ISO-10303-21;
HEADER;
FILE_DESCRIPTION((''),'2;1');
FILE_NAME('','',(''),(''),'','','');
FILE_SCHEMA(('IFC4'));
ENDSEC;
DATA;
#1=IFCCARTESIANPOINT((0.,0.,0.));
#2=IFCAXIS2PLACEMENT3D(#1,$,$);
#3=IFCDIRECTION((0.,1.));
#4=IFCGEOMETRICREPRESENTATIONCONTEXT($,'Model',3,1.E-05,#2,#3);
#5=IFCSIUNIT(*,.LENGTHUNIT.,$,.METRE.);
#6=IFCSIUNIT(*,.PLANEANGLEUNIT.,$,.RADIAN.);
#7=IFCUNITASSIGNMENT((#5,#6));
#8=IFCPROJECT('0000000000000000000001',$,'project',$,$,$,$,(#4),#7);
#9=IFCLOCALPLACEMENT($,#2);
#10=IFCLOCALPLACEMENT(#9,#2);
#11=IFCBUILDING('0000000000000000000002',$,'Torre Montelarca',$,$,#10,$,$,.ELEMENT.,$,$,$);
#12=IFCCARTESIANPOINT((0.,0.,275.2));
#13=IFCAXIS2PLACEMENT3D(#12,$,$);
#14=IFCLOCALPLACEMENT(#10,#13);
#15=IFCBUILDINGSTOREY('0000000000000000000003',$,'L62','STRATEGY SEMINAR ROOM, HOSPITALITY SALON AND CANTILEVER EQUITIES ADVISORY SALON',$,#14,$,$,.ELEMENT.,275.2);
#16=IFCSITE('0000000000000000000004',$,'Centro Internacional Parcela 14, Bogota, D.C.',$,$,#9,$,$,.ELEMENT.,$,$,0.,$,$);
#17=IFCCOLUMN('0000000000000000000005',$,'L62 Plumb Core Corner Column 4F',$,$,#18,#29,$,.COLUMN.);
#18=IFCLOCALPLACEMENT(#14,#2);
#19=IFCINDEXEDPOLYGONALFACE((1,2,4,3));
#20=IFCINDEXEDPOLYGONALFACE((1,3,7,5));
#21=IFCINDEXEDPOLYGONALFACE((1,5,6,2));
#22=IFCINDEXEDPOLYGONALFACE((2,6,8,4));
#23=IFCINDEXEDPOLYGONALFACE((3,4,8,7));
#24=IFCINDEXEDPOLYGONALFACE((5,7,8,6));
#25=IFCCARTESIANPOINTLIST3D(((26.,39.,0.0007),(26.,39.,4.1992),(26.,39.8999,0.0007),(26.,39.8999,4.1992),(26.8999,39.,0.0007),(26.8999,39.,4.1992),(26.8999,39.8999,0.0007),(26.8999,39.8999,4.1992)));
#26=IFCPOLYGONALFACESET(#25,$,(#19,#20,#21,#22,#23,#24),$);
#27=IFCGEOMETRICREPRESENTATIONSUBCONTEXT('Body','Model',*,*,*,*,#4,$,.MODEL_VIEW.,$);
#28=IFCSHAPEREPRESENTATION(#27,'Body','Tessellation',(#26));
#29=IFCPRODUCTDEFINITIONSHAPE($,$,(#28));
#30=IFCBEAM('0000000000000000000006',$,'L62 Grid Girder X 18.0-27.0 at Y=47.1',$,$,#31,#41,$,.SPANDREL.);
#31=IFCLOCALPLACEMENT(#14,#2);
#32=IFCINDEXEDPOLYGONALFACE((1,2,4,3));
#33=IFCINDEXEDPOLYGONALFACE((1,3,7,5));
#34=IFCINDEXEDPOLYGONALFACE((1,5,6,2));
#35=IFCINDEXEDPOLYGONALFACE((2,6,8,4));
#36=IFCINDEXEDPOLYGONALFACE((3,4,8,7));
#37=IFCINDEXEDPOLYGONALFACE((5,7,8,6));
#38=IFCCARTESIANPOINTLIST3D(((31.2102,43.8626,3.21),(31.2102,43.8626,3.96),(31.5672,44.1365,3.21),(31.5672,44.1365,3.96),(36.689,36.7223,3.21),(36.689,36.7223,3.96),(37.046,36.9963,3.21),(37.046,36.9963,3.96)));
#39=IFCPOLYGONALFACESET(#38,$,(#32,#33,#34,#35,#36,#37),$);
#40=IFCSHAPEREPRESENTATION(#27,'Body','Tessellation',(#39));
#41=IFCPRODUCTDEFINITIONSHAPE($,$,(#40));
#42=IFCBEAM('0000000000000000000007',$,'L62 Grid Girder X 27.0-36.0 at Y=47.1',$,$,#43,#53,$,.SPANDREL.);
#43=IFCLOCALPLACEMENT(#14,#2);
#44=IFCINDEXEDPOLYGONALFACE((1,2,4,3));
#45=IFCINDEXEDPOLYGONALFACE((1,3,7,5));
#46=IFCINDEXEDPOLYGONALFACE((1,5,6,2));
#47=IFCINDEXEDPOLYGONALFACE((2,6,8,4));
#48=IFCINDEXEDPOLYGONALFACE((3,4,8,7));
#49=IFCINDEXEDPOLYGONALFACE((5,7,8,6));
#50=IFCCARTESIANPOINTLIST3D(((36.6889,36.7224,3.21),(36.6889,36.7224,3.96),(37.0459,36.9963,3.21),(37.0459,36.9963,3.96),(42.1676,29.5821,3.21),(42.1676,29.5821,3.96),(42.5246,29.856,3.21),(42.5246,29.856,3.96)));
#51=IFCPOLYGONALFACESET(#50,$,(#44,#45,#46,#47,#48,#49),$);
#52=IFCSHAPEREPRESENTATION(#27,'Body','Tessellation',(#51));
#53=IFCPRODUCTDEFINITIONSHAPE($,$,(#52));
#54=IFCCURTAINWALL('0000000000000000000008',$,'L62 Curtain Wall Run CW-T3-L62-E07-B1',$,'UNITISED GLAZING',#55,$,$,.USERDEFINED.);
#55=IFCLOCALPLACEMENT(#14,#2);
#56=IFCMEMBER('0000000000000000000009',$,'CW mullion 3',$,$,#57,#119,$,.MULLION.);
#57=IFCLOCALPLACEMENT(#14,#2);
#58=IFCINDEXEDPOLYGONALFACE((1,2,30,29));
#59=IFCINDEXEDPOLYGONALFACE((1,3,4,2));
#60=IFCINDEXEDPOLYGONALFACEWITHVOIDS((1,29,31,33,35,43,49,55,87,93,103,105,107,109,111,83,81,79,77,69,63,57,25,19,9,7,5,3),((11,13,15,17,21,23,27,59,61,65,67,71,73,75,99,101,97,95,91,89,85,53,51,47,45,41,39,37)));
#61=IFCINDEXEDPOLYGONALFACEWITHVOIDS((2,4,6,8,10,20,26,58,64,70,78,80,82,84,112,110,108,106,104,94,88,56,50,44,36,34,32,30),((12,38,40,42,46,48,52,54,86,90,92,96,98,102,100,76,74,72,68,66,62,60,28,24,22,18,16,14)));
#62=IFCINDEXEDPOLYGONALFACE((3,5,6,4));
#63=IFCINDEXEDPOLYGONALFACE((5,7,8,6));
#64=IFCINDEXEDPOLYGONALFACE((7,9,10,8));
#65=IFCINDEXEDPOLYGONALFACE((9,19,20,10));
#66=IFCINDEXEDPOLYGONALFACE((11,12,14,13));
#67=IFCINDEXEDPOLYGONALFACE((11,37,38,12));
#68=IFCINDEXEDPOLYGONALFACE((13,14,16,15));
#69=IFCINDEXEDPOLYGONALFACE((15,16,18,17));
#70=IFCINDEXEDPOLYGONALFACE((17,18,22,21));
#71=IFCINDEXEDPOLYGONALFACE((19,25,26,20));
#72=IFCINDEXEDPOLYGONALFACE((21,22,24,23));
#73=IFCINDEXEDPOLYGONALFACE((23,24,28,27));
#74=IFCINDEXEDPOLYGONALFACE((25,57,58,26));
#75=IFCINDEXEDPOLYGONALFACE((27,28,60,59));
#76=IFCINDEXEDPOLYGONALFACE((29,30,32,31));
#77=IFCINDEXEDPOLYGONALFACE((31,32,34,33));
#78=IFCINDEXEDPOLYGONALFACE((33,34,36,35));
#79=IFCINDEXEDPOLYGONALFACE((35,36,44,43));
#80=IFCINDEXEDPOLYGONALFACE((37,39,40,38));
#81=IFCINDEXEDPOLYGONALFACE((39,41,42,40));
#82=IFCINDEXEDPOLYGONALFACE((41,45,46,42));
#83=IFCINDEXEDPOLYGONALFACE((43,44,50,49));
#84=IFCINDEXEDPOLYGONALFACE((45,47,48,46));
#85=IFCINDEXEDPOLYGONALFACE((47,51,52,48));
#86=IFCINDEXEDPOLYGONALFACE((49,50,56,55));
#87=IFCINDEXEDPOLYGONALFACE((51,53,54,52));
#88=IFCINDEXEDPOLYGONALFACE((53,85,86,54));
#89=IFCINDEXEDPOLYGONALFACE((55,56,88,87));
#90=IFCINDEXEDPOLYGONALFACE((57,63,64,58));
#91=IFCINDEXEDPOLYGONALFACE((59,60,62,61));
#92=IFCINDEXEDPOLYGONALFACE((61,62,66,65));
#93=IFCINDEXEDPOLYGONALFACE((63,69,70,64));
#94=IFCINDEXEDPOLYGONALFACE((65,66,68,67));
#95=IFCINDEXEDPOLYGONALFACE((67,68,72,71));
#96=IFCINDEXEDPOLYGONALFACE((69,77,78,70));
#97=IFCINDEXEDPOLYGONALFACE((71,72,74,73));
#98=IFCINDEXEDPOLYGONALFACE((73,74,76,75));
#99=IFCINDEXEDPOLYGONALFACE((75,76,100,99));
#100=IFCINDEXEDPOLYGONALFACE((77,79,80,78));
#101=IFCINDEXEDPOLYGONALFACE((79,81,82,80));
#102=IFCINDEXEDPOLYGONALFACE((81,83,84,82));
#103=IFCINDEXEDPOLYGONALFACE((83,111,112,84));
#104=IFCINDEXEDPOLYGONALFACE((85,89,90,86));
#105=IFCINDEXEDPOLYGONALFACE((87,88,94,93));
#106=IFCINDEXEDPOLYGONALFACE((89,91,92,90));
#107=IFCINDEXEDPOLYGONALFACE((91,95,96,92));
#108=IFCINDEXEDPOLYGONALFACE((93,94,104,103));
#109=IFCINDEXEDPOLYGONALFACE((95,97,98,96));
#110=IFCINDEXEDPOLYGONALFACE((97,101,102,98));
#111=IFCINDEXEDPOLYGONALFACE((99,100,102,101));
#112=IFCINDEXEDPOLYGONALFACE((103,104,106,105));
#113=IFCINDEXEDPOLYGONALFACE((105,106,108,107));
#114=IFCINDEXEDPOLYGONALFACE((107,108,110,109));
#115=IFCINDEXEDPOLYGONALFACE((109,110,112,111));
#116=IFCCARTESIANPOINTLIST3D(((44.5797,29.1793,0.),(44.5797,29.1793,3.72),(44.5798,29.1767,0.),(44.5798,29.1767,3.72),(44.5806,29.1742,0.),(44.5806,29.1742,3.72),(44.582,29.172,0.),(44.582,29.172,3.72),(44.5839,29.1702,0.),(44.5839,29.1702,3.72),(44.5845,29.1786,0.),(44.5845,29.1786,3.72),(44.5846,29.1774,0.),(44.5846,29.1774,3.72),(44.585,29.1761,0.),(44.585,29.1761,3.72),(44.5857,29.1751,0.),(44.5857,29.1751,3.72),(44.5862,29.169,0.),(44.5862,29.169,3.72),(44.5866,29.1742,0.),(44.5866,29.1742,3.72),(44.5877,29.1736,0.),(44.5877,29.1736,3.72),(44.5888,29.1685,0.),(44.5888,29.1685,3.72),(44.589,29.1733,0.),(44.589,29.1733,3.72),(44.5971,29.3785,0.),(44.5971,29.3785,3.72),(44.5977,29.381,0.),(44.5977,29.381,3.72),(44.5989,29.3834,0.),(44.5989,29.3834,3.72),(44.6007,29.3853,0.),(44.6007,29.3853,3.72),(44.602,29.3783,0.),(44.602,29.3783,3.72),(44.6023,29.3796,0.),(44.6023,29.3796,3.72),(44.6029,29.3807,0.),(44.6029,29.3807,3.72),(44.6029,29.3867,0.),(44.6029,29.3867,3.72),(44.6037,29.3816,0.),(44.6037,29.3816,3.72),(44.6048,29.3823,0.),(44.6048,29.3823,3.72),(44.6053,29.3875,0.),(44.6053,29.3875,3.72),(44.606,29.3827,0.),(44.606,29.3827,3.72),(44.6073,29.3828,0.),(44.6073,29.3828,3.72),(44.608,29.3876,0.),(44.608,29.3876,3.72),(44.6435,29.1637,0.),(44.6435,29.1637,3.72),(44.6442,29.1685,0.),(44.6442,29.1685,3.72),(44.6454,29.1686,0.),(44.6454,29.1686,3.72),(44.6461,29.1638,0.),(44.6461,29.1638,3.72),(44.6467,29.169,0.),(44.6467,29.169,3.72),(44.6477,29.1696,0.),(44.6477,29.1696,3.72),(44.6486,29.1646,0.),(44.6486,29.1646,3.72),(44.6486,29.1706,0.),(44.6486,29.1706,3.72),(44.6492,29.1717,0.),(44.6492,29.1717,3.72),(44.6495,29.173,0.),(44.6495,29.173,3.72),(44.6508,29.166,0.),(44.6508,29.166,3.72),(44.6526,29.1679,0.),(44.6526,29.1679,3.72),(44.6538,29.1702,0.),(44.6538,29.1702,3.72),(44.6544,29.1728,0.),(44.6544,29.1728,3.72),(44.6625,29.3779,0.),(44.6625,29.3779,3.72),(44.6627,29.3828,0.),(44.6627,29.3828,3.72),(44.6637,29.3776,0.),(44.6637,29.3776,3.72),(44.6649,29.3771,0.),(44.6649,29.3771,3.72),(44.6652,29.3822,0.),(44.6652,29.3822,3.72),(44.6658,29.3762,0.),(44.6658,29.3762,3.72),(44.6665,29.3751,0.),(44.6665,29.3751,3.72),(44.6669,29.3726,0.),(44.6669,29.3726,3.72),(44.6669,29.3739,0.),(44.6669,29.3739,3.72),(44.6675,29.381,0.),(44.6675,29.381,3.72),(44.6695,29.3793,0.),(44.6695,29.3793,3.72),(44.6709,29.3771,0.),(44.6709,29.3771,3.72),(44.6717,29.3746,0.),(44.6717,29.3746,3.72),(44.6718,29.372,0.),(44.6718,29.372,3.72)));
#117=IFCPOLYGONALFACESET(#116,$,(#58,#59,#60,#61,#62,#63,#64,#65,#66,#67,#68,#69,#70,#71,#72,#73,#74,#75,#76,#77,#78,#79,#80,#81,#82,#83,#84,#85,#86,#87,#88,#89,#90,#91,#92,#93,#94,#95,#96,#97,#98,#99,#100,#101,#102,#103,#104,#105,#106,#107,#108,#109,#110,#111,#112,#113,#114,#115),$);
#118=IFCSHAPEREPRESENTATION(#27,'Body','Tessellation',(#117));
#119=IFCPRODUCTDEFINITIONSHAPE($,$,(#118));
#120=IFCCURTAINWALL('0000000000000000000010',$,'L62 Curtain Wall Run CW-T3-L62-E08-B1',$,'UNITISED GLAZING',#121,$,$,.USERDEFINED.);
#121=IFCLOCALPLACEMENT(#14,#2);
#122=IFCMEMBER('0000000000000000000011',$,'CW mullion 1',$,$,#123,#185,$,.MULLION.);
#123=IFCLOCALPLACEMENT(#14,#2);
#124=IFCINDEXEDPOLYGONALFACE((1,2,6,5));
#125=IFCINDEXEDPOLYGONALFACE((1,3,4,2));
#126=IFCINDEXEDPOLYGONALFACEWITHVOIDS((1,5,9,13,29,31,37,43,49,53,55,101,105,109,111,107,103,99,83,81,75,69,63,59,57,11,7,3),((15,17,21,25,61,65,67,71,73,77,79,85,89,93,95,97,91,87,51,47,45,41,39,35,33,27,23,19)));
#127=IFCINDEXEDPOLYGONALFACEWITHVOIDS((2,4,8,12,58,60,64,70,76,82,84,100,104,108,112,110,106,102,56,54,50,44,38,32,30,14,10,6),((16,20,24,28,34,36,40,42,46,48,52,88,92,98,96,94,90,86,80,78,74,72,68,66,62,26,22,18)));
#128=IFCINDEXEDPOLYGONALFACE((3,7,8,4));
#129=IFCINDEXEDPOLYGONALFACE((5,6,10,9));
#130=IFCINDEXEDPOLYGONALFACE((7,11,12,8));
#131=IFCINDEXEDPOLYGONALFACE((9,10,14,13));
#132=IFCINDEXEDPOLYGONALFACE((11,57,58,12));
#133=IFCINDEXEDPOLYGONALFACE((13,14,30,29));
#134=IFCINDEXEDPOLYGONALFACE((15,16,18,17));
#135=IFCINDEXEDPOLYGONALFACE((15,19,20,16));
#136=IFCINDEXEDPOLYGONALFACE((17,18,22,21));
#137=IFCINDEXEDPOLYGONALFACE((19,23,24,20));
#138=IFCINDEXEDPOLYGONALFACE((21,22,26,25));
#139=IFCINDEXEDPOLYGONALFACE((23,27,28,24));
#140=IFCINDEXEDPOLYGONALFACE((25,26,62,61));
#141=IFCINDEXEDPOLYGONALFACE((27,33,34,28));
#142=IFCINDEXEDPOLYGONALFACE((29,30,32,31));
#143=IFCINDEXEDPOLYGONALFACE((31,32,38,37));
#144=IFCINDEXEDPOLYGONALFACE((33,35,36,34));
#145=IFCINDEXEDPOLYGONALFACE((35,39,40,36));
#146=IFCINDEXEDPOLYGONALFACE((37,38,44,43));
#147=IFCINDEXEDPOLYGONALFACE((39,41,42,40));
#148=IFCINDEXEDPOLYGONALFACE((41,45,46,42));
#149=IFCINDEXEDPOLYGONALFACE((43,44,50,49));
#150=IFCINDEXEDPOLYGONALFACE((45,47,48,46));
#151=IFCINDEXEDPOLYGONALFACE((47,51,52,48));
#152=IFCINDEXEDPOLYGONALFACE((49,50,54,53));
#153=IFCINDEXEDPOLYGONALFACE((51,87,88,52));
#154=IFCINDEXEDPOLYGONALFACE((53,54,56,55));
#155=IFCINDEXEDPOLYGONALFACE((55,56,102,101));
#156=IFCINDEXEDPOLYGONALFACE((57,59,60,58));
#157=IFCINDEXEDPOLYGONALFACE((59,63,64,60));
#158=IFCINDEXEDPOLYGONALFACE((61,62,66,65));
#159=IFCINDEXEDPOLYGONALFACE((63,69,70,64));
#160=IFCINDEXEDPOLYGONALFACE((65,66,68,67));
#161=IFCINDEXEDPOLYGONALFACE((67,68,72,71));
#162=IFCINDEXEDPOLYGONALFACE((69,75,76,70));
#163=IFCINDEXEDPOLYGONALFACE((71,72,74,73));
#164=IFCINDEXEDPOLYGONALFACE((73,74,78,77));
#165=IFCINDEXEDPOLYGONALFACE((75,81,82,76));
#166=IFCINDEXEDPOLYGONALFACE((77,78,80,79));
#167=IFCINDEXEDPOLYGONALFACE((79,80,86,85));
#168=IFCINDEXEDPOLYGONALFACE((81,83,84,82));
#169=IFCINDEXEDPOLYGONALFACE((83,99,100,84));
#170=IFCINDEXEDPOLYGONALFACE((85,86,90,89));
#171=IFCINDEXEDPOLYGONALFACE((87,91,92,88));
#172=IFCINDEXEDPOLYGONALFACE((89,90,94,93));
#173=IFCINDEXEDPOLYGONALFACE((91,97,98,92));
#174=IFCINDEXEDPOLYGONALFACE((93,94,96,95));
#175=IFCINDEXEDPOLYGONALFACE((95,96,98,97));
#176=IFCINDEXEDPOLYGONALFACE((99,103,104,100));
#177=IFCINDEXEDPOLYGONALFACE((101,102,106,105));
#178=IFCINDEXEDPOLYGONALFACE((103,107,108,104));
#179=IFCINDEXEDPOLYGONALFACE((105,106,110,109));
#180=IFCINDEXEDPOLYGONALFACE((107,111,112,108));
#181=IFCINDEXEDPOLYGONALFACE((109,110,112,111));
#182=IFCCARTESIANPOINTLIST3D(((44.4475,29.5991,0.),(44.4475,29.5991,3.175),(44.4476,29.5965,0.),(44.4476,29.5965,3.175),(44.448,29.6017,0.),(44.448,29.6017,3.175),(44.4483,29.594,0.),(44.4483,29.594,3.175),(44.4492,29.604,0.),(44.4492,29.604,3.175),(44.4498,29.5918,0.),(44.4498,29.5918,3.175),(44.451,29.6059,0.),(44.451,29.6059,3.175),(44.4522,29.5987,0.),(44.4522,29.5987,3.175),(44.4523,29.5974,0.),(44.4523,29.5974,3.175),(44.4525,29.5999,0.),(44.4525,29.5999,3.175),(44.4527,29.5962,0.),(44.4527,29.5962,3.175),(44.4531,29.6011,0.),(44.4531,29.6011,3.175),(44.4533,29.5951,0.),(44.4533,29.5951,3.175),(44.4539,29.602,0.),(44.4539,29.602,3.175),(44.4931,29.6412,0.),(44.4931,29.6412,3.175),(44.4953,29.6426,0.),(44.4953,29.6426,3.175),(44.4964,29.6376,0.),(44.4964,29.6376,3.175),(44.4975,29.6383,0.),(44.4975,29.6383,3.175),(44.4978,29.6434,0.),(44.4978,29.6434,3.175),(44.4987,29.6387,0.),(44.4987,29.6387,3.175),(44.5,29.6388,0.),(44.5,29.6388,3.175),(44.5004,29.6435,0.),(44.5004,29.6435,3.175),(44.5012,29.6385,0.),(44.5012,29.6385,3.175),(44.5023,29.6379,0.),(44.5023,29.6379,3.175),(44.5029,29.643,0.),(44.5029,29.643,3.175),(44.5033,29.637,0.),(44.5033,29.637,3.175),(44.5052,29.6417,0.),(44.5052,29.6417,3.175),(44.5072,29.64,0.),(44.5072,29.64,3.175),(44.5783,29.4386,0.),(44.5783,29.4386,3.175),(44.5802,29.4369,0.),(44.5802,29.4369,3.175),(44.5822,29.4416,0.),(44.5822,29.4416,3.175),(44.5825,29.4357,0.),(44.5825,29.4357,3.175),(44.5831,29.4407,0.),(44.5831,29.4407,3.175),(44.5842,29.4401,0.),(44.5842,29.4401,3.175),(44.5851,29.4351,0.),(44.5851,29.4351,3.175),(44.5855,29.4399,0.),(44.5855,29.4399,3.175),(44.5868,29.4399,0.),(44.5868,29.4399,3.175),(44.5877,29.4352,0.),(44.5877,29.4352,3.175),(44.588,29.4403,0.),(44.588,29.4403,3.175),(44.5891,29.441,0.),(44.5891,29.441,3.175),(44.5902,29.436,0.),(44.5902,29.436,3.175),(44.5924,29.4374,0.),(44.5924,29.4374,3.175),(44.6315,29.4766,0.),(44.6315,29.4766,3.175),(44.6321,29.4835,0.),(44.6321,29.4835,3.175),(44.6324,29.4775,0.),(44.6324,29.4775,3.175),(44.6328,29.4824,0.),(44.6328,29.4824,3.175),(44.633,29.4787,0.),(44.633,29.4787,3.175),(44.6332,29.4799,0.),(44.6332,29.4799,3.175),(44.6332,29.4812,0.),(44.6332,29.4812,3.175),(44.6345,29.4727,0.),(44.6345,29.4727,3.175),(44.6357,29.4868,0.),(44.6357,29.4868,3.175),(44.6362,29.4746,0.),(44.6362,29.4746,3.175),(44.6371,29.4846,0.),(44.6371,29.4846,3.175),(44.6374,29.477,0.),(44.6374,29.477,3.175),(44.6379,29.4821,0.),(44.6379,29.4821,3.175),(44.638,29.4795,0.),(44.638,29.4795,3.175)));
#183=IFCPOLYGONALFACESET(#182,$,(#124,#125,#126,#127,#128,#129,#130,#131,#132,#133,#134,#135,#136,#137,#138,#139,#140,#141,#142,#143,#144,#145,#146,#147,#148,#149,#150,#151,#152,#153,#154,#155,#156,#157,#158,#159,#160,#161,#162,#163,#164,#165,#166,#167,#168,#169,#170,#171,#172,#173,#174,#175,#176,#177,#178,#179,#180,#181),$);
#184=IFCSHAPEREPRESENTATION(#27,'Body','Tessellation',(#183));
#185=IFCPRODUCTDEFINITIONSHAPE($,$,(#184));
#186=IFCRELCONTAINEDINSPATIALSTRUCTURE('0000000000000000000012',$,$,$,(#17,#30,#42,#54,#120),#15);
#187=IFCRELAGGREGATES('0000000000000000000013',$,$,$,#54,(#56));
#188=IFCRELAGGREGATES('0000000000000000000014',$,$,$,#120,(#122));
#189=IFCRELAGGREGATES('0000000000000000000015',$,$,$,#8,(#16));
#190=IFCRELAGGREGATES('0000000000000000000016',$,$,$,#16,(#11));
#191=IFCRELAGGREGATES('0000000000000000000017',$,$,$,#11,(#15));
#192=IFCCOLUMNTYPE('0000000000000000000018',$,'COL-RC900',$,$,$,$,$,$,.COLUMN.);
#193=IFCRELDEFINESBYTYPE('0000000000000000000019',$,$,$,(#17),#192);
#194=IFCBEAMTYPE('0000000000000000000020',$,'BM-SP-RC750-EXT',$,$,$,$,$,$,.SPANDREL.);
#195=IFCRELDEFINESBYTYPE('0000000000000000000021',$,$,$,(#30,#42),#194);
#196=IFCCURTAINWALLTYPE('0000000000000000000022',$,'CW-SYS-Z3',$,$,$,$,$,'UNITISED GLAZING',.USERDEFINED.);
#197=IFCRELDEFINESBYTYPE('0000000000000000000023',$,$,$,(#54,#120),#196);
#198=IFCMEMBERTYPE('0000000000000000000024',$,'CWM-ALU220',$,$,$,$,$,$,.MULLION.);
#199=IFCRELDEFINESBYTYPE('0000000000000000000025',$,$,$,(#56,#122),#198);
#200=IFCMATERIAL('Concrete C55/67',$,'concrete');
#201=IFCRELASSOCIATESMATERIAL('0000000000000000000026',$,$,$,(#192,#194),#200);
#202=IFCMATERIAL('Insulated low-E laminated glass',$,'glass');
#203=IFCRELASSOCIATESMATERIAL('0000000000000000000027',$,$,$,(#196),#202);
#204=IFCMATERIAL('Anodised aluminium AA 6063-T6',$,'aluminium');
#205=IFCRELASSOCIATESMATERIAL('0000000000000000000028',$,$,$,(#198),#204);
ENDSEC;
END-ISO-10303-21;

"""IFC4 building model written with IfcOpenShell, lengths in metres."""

from ifc_helpers import new_model, si_unit, direction, frame, origin, origin_2d, place, context, subcontext, project, spatial, rectangle, hollow_rectangle, extrude, source, transform, mapped, material, material_profile, profile_set, type_object, element, aggregate, save


model = new_model("IFC4")

# Units and contexts
model_context = context("Model", 3, precision=1e-05, world=origin(), true_north=direction((0.0, 1.0)))
body_context = subcontext(model_context, "Body", "Model", "MODEL_VIEW")
ifc_project = project(units=[si_unit("LENGTHUNIT", "METRE"), si_unit("PLANEANGLEUNIT", "RADIAN")], contexts=[model_context])

# Site, building, storey
site_placement = place(None, origin())
site = spatial("IfcSite", under=ifc_project, at=site_placement, Name="Centro Internacional Parcela 14, Bogota, D.C.", CompositionType="ELEMENT", RefElevation=0.0)
building_placement = place(site_placement, origin())
building = spatial("IfcBuilding", under=site, at=building_placement, Name="Torre Montelarca", CompositionType="ELEMENT")
storey_placement = place(building_placement, frame((0.0, 0.0, 275.2)))
storey = spatial("IfcBuildingStorey", under=building, at=storey_placement, Name="L62", Description="STRATEGY SEMINAR ROOM, HOSPITALITY SALON AND CANTILEVER EQUITIES ADVISORY SALON", CompositionType="ELEMENT", Elevation=275.2)

# Column
ifc_material_1 = material(Name="Concrete C55/67", Category="concrete")
ifc_material_profile_1 = material_profile(ifc_material_1, rectangle(XDim=0.8999, YDim=0.8999, at=origin_2d()), Name="RC900X900", Category="concrete")
ifc_profile_set_1 = profile_set([ifc_material_profile_1], Name="Concrete C55/67")
column_type_1 = type_object("IfcColumnType", Name="COL-RC900", PredefinedType="COLUMN", material=ifc_profile_set_1)
shared_shape_1 = source(origin(), body_context, "Body", "SweptSolid", [
    extrude(rectangle(XDim=0.8999, YDim=0.8999, at=origin_2d()), origin(), (0.0, 0.0, 1.0), 4.1985),
])
column_1_placement = place(storey_placement, frame((26.45, 39.45, 0.0007), z_axis=(0.0, 0.0, 1.0), x_axis=(1.0, 0.0, 0.0)))
element("IfcColumn", 1, at=column_1_placement, inside=storey, type_object=column_type_1, Name="L62 Plumb Core Corner Column 4F", PredefinedType="COLUMN", context=body_context, shape_type="MappedRepresentation", body=[
    mapped(shared_shape_1, transform((0.0, 0.0, 0.0), scale=1.0)),
])

# Beams
ifc_material_profile_2 = material_profile(ifc_material_1, rectangle(XDim=0.45, YDim=0.75, at=origin_2d()), Name="RCB450X750", Category="concrete")
ifc_profile_set_2 = profile_set([ifc_material_profile_2], Name="Concrete C55/67")
beam_type = type_object("IfcBeamType", Name="BM-SP-RC750-EXT", PredefinedType="SPANDREL", material=ifc_profile_set_2)
shared_shape_2 = source(origin(), body_context, "Body", "SweptSolid", [
    extrude(rectangle(XDim=0.45, YDim=0.75, at=origin_2d()), origin(), (0.0, 0.0, 1.0), 9.0),
])
for number, where, z_axis, x_axis, name in (
    (2, (31.3887, 43.9995, 3.585), (0.608757, -0.793357, 0.0), (0.793357, 0.608757, 0.0), "L62 Grid Girder X 18.0-27.0 at Y=47.1"),
    (3, (36.8674, 36.8594, 3.585), (0.608744, -0.793367, 0.0), (0.793367, 0.608744, 0.0), "L62 Grid Girder X 27.0-36.0 at Y=47.1"),
):
    element("IfcBeam", number, at=place(storey_placement, frame(where, z_axis=z_axis, x_axis=x_axis)), inside=storey, type_object=beam_type, Name=name, PredefinedType="SPANDREL", context=body_context, shape_type="MappedRepresentation", body=[
        mapped(shared_shape_2, transform((0.0, 0.0, 0.0), scale=1.0)),
    ])

# Curtain wall, member
ifc_material_2 = material(Name="Insulated low-E laminated glass", Category="glass")
curtain_wall_type = type_object("IfcCurtainWallType", Name="CW-SYS-Z3", ElementType="UNITISED GLAZING", PredefinedType="USERDEFINED", material=ifc_material_2)
curtain_wall_1_placement = place(storey_placement, origin())
curtain_wall_1 = element("IfcCurtainWall", 4, at=curtain_wall_1_placement, inside=storey, type_object=curtain_wall_type, Name="L62 Curtain Wall Run CW-T3-L62-E07-B1", ObjectType="UNITISED GLAZING", PredefinedType="USERDEFINED")
ifc_material_3 = material(Name="Anodised aluminium AA 6063-T6", Category="aluminium")
ifc_material_profile_3 = material_profile(ifc_material_3, hollow_rectangle(XDim=0.075, YDim=0.22, WallThickness=0.0049, InnerFilletRadius=0.0049, OuterFilletRadius=0.01, at=origin_2d()), Name="ALU75X220X5", Category="aluminium")
ifc_profile_set_3 = profile_set([ifc_material_profile_3], Name="Anodised aluminium AA 6063-T6")
member_type_1 = type_object("IfcMemberType", Name="CWM-ALU220", PredefinedType="MULLION", material=ifc_profile_set_3)
shared_shape_3 = source(origin(), body_context, "Body", "SweptSolid", [
    extrude(hollow_rectangle(XDim=0.075, YDim=0.22, WallThickness=0.0049, InnerFilletRadius=0.0049, OuterFilletRadius=0.01, at=origin_2d()), origin(), (0.0, 0.0, 1.0), 3.72),
])
member_1_placement = place(storey_placement, frame((44.6257, 29.2756, 0.0), z_axis=(0.0, 0.0, 1.0), x_axis=(-0.996194, 0.087166, 0.0)))
member_1 = element("IfcMember", 5, at=member_1_placement, type_object=member_type_1, Name="CW mullion 3", PredefinedType="MULLION", context=body_context, shape_type="MappedRepresentation", body=[
    mapped(shared_shape_3, transform((0.0, 0.0, 0.0), scale=1.0)),
])
aggregate(curtain_wall_1, [member_1])

# Curtain wall, member
curtain_wall_2_placement = place(storey_placement, origin())
curtain_wall_2 = element("IfcCurtainWall", 6, at=curtain_wall_2_placement, inside=storey, type_object=curtain_wall_type, Name="L62 Curtain Wall Run CW-T3-L62-E08-B1", ObjectType="UNITISED GLAZING", PredefinedType="USERDEFINED")
shared_shape_4 = source(origin(), body_context, "Body", "SweptSolid", [
    extrude(hollow_rectangle(XDim=0.075, YDim=0.22, WallThickness=0.0049, InnerFilletRadius=0.0049, OuterFilletRadius=0.01, at=origin_2d()), origin(), (0.0, 0.0, 1.0), 3.175),
])
member_2_placement = place(storey_placement, frame((44.5427, 29.5393, 0.0), z_axis=(0.0, 0.0, 1.0), x_axis=(-0.766047, -0.642785, 0.0)))
member_2 = element("IfcMember", 7, at=member_2_placement, type_object=member_type_1, Name="CW mullion 1", PredefinedType="MULLION", context=body_context, shape_type="MappedRepresentation", body=[
    mapped(shared_shape_4, transform((0.0, 0.0, 0.0), scale=1.0)),
])

aggregate(curtain_wall_2, [member_2])

save(model, "model.ifc")
